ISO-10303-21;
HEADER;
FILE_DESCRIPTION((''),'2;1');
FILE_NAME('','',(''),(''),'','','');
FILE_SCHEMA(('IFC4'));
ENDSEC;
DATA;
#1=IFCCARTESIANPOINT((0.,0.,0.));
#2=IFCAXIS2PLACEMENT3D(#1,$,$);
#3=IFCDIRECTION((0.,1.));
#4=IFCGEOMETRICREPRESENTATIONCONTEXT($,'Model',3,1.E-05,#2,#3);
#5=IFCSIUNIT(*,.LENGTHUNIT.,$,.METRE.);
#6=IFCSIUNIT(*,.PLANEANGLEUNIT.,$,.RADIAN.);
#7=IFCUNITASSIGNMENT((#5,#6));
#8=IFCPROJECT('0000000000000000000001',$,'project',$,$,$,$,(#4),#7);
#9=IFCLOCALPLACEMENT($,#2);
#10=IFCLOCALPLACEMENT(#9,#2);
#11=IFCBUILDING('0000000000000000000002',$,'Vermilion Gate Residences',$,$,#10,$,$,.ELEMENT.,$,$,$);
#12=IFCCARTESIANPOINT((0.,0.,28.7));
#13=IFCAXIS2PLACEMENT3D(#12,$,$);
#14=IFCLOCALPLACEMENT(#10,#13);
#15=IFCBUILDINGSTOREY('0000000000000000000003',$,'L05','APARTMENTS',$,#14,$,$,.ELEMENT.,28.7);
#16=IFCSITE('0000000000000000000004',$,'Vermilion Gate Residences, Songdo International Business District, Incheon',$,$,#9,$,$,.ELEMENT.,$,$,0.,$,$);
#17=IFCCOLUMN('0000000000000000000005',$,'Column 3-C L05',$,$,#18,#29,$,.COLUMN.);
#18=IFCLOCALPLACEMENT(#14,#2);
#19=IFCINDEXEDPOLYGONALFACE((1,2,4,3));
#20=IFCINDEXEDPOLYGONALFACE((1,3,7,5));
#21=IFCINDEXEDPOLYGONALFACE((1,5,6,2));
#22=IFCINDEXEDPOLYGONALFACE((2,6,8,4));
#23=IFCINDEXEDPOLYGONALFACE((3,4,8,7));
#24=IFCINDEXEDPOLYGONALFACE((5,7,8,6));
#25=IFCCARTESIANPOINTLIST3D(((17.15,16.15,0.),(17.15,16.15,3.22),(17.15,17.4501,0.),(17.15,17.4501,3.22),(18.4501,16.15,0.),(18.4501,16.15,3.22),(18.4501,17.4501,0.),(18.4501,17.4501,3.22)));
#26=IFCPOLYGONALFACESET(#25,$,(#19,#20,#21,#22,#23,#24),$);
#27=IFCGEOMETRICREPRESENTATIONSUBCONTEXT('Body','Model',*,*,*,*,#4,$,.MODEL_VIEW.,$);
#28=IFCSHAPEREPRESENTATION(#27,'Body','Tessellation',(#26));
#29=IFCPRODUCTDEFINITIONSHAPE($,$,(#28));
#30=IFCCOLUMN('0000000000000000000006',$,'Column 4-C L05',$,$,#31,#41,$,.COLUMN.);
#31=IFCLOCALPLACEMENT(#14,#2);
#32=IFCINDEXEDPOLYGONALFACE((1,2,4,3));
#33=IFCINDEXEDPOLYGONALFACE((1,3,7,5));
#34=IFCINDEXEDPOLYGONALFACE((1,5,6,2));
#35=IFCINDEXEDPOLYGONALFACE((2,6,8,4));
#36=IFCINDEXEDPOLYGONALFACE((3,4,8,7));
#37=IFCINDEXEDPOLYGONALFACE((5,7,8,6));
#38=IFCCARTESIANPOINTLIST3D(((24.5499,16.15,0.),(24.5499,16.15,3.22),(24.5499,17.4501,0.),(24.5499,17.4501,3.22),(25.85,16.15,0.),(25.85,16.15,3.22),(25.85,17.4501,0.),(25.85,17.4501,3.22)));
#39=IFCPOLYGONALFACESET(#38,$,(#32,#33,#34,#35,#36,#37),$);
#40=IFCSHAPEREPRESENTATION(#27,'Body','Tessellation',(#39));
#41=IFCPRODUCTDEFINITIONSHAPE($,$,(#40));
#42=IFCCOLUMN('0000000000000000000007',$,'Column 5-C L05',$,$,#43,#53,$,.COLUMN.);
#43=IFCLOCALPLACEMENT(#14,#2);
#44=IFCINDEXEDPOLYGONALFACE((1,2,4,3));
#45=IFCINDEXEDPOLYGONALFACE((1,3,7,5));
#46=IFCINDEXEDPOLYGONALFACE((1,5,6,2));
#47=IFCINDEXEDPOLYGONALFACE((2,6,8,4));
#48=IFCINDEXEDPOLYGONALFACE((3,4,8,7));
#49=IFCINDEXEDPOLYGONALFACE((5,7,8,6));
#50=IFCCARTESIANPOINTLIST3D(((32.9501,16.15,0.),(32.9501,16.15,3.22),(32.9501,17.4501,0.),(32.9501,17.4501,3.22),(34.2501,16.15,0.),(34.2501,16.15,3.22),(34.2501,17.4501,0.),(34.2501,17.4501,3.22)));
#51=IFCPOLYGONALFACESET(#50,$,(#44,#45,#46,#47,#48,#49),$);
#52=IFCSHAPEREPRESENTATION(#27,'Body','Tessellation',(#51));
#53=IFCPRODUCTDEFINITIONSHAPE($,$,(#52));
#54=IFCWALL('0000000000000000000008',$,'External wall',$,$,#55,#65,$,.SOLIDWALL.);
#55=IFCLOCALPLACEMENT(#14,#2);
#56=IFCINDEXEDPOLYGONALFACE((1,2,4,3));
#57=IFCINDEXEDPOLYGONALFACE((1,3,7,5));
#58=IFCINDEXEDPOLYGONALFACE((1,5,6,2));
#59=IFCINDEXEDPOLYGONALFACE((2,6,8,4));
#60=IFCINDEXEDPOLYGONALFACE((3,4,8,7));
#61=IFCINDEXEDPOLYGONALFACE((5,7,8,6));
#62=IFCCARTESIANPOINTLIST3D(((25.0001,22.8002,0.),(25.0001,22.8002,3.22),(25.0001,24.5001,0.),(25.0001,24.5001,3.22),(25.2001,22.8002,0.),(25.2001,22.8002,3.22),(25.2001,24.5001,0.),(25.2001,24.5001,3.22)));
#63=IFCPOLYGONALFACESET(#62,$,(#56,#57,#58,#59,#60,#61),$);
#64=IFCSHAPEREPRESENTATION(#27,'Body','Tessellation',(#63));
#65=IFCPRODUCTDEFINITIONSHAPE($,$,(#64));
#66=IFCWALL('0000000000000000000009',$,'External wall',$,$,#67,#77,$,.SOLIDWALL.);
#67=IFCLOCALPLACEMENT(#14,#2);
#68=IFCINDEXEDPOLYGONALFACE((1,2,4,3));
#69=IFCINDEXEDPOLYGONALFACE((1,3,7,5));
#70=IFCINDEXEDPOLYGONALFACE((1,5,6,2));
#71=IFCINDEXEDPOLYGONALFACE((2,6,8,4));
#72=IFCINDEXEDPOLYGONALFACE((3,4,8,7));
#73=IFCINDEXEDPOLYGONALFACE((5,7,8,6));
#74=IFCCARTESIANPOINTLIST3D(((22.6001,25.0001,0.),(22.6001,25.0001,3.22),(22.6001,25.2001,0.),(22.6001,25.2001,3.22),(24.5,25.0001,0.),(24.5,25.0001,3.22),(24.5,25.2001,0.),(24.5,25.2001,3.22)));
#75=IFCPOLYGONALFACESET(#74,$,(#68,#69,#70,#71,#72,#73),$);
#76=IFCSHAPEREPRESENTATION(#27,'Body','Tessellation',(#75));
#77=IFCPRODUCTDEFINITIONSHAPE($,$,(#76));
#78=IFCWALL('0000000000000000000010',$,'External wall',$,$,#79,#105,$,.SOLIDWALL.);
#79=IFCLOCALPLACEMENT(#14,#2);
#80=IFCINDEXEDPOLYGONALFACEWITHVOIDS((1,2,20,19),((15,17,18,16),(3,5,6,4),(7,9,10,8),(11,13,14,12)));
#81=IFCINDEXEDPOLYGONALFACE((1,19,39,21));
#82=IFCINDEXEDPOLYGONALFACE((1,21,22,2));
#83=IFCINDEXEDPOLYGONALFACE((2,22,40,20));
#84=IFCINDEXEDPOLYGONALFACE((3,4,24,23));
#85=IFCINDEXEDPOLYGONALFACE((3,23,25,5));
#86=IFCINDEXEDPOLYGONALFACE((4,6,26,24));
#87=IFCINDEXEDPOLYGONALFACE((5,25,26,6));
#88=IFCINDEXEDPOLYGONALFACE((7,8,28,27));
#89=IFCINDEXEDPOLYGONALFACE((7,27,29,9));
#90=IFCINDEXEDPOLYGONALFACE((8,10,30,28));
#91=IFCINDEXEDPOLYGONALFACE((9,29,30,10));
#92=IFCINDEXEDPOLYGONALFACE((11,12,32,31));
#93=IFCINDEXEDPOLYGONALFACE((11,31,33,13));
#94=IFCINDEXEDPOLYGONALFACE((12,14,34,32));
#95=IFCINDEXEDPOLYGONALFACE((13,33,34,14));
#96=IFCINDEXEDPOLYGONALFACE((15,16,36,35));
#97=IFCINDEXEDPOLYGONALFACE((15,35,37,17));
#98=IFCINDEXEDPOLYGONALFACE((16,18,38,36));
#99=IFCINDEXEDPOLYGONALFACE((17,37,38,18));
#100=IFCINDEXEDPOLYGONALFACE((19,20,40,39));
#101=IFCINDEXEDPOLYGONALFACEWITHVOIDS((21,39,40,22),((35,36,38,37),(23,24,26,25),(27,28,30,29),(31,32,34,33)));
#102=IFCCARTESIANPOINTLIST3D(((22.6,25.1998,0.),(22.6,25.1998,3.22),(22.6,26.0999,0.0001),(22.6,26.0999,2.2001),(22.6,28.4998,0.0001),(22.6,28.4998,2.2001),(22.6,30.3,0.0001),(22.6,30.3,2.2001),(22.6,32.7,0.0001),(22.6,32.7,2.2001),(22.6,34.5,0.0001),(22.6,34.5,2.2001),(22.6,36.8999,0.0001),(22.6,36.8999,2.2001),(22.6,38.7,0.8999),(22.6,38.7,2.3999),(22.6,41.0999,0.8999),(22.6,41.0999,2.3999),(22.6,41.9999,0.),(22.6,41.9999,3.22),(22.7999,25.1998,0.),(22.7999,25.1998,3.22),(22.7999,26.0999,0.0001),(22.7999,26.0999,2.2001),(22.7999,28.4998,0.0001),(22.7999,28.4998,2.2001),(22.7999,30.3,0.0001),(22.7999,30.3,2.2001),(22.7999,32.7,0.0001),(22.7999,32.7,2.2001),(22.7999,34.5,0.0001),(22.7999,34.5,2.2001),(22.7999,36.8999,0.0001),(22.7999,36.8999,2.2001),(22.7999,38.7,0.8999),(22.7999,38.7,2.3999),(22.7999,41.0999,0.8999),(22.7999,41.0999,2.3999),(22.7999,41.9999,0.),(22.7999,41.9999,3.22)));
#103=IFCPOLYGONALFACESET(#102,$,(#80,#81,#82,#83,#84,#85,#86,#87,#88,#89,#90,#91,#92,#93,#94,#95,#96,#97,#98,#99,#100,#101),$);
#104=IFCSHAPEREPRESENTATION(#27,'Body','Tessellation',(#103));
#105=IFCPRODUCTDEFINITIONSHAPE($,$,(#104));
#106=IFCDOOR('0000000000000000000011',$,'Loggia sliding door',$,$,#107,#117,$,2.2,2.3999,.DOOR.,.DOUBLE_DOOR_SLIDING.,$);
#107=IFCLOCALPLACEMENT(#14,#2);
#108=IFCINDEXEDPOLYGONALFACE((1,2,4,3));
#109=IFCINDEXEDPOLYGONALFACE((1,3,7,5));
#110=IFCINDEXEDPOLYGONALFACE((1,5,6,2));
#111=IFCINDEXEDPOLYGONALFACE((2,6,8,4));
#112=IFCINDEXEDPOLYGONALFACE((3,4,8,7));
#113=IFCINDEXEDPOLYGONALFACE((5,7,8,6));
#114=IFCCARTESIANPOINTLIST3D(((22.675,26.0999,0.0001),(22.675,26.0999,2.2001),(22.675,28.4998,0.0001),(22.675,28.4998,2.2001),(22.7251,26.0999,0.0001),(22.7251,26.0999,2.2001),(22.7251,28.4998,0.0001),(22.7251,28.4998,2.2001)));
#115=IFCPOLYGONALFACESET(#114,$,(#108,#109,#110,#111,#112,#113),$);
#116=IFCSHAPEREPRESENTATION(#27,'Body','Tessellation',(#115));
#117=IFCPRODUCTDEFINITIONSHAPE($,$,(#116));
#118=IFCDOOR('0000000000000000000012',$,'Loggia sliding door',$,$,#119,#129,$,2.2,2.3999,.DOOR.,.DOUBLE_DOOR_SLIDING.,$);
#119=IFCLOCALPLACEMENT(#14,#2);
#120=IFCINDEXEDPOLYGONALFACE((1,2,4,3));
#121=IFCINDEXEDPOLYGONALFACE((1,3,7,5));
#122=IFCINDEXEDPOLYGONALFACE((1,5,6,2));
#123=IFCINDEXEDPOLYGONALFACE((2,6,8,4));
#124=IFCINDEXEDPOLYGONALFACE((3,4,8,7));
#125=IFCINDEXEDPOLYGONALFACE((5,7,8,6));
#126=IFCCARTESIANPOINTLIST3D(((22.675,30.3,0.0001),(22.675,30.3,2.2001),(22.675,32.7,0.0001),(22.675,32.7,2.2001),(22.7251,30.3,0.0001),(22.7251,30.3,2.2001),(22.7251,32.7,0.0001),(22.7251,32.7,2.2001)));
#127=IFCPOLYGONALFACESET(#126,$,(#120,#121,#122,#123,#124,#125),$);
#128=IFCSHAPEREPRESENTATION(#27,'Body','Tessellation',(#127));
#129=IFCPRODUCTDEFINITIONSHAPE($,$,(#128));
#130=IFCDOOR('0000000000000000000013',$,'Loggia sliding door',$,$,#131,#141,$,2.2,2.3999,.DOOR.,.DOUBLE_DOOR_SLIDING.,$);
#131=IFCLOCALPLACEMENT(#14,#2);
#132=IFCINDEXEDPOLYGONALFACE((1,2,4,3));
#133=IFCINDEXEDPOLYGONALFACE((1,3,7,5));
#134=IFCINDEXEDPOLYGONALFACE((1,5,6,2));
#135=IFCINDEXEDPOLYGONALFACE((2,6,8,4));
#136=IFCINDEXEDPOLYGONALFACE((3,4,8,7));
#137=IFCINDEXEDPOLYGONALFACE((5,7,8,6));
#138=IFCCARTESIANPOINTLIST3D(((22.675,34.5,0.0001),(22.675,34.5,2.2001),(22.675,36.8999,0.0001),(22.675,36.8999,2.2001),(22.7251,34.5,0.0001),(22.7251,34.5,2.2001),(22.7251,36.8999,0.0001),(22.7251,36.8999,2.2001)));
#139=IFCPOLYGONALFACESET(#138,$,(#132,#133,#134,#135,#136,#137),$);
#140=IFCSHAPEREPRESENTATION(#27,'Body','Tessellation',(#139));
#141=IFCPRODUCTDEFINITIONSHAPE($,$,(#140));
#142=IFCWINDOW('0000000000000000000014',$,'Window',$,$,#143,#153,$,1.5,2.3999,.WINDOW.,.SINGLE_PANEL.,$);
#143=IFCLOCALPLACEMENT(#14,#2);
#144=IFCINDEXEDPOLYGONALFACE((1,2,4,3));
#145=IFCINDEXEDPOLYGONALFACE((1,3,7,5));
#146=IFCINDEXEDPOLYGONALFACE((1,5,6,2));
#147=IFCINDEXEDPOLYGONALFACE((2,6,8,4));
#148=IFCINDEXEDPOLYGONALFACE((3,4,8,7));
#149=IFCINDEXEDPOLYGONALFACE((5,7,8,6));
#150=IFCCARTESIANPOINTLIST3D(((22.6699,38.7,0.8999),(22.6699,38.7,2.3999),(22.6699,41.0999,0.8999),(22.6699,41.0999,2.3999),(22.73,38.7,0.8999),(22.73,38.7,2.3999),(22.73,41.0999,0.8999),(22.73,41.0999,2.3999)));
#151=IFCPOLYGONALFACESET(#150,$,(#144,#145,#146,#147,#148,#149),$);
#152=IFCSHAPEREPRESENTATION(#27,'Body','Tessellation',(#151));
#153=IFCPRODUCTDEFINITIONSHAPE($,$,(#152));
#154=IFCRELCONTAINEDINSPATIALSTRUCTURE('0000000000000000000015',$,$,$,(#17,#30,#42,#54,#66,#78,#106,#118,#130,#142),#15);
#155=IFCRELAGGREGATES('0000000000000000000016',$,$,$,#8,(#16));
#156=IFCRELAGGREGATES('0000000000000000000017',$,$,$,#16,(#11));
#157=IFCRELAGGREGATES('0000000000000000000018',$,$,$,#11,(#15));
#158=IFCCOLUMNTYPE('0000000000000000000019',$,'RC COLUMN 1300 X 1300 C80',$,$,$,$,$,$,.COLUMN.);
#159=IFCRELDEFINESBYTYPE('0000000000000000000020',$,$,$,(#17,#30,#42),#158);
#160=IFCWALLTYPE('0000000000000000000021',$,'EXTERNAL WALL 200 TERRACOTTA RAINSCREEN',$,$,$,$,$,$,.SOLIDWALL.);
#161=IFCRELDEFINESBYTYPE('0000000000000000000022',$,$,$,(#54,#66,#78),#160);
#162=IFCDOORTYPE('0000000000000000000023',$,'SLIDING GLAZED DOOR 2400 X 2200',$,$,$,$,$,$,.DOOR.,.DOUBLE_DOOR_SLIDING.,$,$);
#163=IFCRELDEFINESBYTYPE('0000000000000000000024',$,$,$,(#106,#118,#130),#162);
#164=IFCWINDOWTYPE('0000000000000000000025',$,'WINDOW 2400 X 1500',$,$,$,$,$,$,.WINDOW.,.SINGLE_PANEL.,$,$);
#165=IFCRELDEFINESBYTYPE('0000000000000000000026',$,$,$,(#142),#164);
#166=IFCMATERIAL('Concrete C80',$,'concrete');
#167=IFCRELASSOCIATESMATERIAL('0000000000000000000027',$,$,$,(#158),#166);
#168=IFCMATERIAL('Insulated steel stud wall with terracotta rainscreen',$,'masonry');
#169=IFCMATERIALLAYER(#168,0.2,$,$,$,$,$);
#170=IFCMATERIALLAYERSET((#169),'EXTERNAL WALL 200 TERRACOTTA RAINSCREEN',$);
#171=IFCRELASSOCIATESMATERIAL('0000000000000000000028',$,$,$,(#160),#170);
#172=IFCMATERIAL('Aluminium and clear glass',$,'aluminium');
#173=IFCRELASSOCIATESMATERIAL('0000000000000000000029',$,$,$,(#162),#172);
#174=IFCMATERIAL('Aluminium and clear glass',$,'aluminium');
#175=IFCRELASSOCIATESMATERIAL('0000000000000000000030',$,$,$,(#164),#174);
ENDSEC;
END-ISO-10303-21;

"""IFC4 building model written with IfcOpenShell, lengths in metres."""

from ifc_helpers import new_model, si_unit, direction, frame, frame_2d, origin, origin_2d, place, context, subcontext, project, spatial, rectangle, extrude, material, layer, layer_set, material_profile, profile_set, type_object, element, fill, save


model = new_model("IFC4")

# Units and contexts
model_context = context("Model", 3, precision=1e-05, world=origin(), true_north=direction((0.0, 1.0)))
body_context = subcontext(model_context, "Body", "Model", "MODEL_VIEW")
ifc_project = project(units=[si_unit("LENGTHUNIT", "METRE"), si_unit("PLANEANGLEUNIT", "RADIAN")], contexts=[model_context])

# Site, building, storey
site_placement = place(None, origin())
site = spatial("IfcSite", under=ifc_project, at=site_placement, Name="Vermilion Gate Residences, Songdo International Business District, Incheon", CompositionType="ELEMENT", RefElevation=0.0)
building_placement = place(site_placement, origin())
building = spatial("IfcBuilding", under=site, at=building_placement, Name="Vermilion Gate Residences", CompositionType="ELEMENT")
storey_placement = place(building_placement, frame((0.0, 0.0, 28.7)))
storey = spatial("IfcBuildingStorey", under=building, at=storey_placement, Name="L05", Description="APARTMENTS", CompositionType="ELEMENT", Elevation=28.7)

# Columns
ifc_material_1 = material(Name="Concrete C80", Category="concrete")
ifc_material_profile = material_profile(ifc_material_1, rectangle(XDim=1.3, YDim=1.3, at=origin_2d()), Name="RC-1300x1300")
ifc_profile_set = profile_set([ifc_material_profile], Name="Concrete C80")
column_type = type_object("IfcColumnType", Name="RC COLUMN 1300 X 1300 C80", PredefinedType="COLUMN", material=ifc_profile_set)
for number, where, z_axis, x_axis, name in (
    (1, (17.8, 16.8, 0.0), (0.0, 0.0, 1.0), (1.0, 0.0, 0.0), "Column 3-C L05"),
    (2, (25.2, 16.8, 0.0), (0.0, 0.0, 1.0), (1.0, 0.0, 0.0), "Column 4-C L05"),
    (3, (33.6001, 16.8, 0.0), (0.0, 0.0, 1.0), (1.0, 0.0, 0.0), "Column 5-C L05"),
):
    element("IfcColumn", number, at=place(storey_placement, frame(where, z_axis=z_axis, x_axis=x_axis)), inside=storey, type_object=column_type, Name=name, PredefinedType="COLUMN", context=body_context, shape_type="SweptSolid", body=[
        extrude(rectangle(XDim=1.3, YDim=1.3, at=origin_2d()), origin(), (0.0, 0.0, 1.0), 3.22),
    ])

# Walls
ifc_material_2 = material(Name="Insulated steel stud wall with terracotta rainscreen", Category="masonry")
ifc_layer_1 = layer(ifc_material_2, 0.2)
ifc_layer_set_1 = layer_set([ifc_layer_1], Name="EXTERNAL WALL 200 TERRACOTTA RAINSCREEN")
wall_type_1 = type_object("IfcWallType", Name="EXTERNAL WALL 200 TERRACOTTA RAINSCREEN", PredefinedType="SOLIDWALL", material=ifc_layer_set_1)
wall_1_placement = place(storey_placement, frame((25.1001, 22.8, 0.0), z_axis=(0.0, 0.0, 1.0), x_axis=(0.0, 1.0, 0.0)))
element("IfcWall", 4, at=wall_1_placement, inside=storey, type_object=wall_type_1, Name="External wall", PredefinedType="SOLIDWALL", context=body_context, shape_type="SweptSolid", body=[
    extrude(rectangle(XDim=1.7, YDim=0.2, at=frame_2d((0.8501, 0.0))), origin(), (0.0, 0.0, 1.0), 3.22),
])
wall_2_placement = place(storey_placement, frame((24.5, 25.1001, 0.0), z_axis=(0.0, 0.0, 1.0), x_axis=(-1.0, 0.0, 0.0)))
element("IfcWall", 5, at=wall_2_placement, inside=storey, type_object=wall_type_1, Name="External wall", PredefinedType="SOLIDWALL", context=body_context, shape_type="SweptSolid", body=[
    extrude(rectangle(XDim=1.8999, YDim=0.2, at=frame_2d((0.95, 0.0))), origin(), (0.0, 0.0, 1.0), 3.22),
])

# Wall, openings, doors, window
wall_3_placement = place(storey_placement, frame((22.7, 25.2, 0.0), z_axis=(0.0, 0.0, 1.0), x_axis=(0.0, 1.0, 0.0)))
wall_3 = element("IfcWall", 6, at=wall_3_placement, inside=storey, type_object=wall_type_1, Name="External wall", PredefinedType="SOLIDWALL", context=body_context, shape_type="SweptSolid", body=[
    extrude(rectangle(XDim=16.8, YDim=0.2, at=frame_2d((8.3999, 0.0))), origin(), (0.0, 0.0, 1.0), 3.22),
])
opening_1_placement = place(wall_3_placement, frame((0.8999, 0.0, 0.0)))
opening_1 = element("IfcOpeningElement", 7, at=opening_1_placement, cuts=wall_3, PredefinedType="OPENING", context=body_context, shape_type="SweptSolid", body=[
    extrude(rectangle(XDim=2.3999, YDim=2.2, at=frame_2d((1.2, 1.1001))), frame((0.0, 0.1099, 0.0), z_axis=(0.0, -1.0, 0.0), x_axis=(1.0, 0.0, 0.0)), (0.0, 0.0, 1.0), 0.22),
])
opening_2_placement = place(wall_3_placement, frame((5.1001, 0.0, 0.0)))
opening_2 = element("IfcOpeningElement", 8, at=opening_2_placement, cuts=wall_3, PredefinedType="OPENING", context=body_context, shape_type="SweptSolid", body=[
    extrude(rectangle(XDim=2.3999, YDim=2.2, at=frame_2d((1.2, 1.1001))), frame((0.0, 0.1099, 0.0), z_axis=(0.0, -1.0, 0.0), x_axis=(1.0, 0.0, 0.0)), (0.0, 0.0, 1.0), 0.22),
])
opening_3_placement = place(wall_3_placement, frame((9.3, 0.0, 0.0)))
opening_3 = element("IfcOpeningElement", 9, at=opening_3_placement, cuts=wall_3, PredefinedType="OPENING", context=body_context, shape_type="SweptSolid", body=[
    extrude(rectangle(XDim=2.3999, YDim=2.2, at=frame_2d((1.2, 1.1001))), frame((0.0, 0.1099, 0.0), z_axis=(0.0, -1.0, 0.0), x_axis=(1.0, 0.0, 0.0)), (0.0, 0.0, 1.0), 0.22),
])
opening_4_placement = place(wall_3_placement, frame((13.5, 0.0, 0.8999)))
opening_4 = element("IfcOpeningElement", 10, at=opening_4_placement, cuts=wall_3, PredefinedType="OPENING", context=body_context, shape_type="SweptSolid", body=[
    extrude(rectangle(XDim=2.3999, YDim=1.5, at=frame_2d((1.2, 0.75))), frame((0.0, 0.1099, 0.0), z_axis=(0.0, -1.0, 0.0), x_axis=(1.0, 0.0, 0.0)), (0.0, 0.0, 1.0), 0.22),
])
ifc_material_3 = material(Name="Aluminium and clear glass", Category="aluminium")
door_type_1 = type_object("IfcDoorType", Name="SLIDING GLAZED DOOR 2400 X 2200", OperationType="DOUBLE_DOOR_SLIDING", PredefinedType="DOOR", material=ifc_material_3)
door_1_placement = place(opening_1_placement, origin())
door_1 = element("IfcDoor", 11, at=door_1_placement, inside=storey, type_object=door_type_1, Name="Loggia sliding door", OperationType="DOUBLE_DOOR_SLIDING", OverallHeight=2.2, OverallWidth=2.3999, PredefinedType="DOOR", context=body_context, shape_type="SweptSolid", body=[
    extrude(rectangle(XDim=2.3999, YDim=2.2, at=frame_2d((1.2, 1.1001))), frame((0.0, 0.0249, 0.0), z_axis=(0.0, -1.0, 0.0), x_axis=(1.0, 0.0, 0.0)), (0.0, 0.0, 1.0), 0.05),
])
fill(opening_1, door_1)
door_2_placement = place(opening_2_placement, origin())
door_2 = element("IfcDoor", 12, at=door_2_placement, inside=storey, type_object=door_type_1, Name="Loggia sliding door", OperationType="DOUBLE_DOOR_SLIDING", OverallHeight=2.2, OverallWidth=2.3999, PredefinedType="DOOR", context=body_context, shape_type="SweptSolid", body=[
    extrude(rectangle(XDim=2.3999, YDim=2.2, at=frame_2d((1.2, 1.1001))), frame((0.0, 0.0249, 0.0), z_axis=(0.0, -1.0, 0.0), x_axis=(1.0, 0.0, 0.0)), (0.0, 0.0, 1.0), 0.05),
])
fill(opening_2, door_2)
door_3_placement = place(opening_3_placement, origin())
door_3 = element("IfcDoor", 13, at=door_3_placement, inside=storey, type_object=door_type_1, Name="Loggia sliding door", OperationType="DOUBLE_DOOR_SLIDING", OverallHeight=2.2, OverallWidth=2.3999, PredefinedType="DOOR", context=body_context, shape_type="SweptSolid", body=[
    extrude(rectangle(XDim=2.3999, YDim=2.2, at=frame_2d((1.2, 1.1001))), frame((0.0, 0.0249, 0.0), z_axis=(0.0, -1.0, 0.0), x_axis=(1.0, 0.0, 0.0)), (0.0, 0.0, 1.0), 0.05),
])
fill(opening_3, door_3)
ifc_material_4 = material(Name="Aluminium and clear glass", Category="aluminium")
window_type = type_object("IfcWindowType", Name="WINDOW 2400 X 1500", PartitioningType="SINGLE_PANEL", PredefinedType="WINDOW", material=ifc_material_4)
window_placement = place(opening_4_placement, origin())
window = element("IfcWindow", 14, at=window_placement, inside=storey, type_object=window_type, Name="Window", OverallHeight=1.5, OverallWidth=2.3999, PartitioningType="SINGLE_PANEL", PredefinedType="WINDOW", context=body_context, shape_type="SweptSolid", body=[
    extrude(rectangle(XDim=2.3999, YDim=1.5, at=frame_2d((1.2, 0.75))), frame((0.0, 0.03, 0.0), z_axis=(0.0, -1.0, 0.0), x_axis=(1.0, 0.0, 0.0)), (0.0, 0.0, 1.0), 0.0601),
])
fill(opening_4, window)

save(model, "model.ifc")
